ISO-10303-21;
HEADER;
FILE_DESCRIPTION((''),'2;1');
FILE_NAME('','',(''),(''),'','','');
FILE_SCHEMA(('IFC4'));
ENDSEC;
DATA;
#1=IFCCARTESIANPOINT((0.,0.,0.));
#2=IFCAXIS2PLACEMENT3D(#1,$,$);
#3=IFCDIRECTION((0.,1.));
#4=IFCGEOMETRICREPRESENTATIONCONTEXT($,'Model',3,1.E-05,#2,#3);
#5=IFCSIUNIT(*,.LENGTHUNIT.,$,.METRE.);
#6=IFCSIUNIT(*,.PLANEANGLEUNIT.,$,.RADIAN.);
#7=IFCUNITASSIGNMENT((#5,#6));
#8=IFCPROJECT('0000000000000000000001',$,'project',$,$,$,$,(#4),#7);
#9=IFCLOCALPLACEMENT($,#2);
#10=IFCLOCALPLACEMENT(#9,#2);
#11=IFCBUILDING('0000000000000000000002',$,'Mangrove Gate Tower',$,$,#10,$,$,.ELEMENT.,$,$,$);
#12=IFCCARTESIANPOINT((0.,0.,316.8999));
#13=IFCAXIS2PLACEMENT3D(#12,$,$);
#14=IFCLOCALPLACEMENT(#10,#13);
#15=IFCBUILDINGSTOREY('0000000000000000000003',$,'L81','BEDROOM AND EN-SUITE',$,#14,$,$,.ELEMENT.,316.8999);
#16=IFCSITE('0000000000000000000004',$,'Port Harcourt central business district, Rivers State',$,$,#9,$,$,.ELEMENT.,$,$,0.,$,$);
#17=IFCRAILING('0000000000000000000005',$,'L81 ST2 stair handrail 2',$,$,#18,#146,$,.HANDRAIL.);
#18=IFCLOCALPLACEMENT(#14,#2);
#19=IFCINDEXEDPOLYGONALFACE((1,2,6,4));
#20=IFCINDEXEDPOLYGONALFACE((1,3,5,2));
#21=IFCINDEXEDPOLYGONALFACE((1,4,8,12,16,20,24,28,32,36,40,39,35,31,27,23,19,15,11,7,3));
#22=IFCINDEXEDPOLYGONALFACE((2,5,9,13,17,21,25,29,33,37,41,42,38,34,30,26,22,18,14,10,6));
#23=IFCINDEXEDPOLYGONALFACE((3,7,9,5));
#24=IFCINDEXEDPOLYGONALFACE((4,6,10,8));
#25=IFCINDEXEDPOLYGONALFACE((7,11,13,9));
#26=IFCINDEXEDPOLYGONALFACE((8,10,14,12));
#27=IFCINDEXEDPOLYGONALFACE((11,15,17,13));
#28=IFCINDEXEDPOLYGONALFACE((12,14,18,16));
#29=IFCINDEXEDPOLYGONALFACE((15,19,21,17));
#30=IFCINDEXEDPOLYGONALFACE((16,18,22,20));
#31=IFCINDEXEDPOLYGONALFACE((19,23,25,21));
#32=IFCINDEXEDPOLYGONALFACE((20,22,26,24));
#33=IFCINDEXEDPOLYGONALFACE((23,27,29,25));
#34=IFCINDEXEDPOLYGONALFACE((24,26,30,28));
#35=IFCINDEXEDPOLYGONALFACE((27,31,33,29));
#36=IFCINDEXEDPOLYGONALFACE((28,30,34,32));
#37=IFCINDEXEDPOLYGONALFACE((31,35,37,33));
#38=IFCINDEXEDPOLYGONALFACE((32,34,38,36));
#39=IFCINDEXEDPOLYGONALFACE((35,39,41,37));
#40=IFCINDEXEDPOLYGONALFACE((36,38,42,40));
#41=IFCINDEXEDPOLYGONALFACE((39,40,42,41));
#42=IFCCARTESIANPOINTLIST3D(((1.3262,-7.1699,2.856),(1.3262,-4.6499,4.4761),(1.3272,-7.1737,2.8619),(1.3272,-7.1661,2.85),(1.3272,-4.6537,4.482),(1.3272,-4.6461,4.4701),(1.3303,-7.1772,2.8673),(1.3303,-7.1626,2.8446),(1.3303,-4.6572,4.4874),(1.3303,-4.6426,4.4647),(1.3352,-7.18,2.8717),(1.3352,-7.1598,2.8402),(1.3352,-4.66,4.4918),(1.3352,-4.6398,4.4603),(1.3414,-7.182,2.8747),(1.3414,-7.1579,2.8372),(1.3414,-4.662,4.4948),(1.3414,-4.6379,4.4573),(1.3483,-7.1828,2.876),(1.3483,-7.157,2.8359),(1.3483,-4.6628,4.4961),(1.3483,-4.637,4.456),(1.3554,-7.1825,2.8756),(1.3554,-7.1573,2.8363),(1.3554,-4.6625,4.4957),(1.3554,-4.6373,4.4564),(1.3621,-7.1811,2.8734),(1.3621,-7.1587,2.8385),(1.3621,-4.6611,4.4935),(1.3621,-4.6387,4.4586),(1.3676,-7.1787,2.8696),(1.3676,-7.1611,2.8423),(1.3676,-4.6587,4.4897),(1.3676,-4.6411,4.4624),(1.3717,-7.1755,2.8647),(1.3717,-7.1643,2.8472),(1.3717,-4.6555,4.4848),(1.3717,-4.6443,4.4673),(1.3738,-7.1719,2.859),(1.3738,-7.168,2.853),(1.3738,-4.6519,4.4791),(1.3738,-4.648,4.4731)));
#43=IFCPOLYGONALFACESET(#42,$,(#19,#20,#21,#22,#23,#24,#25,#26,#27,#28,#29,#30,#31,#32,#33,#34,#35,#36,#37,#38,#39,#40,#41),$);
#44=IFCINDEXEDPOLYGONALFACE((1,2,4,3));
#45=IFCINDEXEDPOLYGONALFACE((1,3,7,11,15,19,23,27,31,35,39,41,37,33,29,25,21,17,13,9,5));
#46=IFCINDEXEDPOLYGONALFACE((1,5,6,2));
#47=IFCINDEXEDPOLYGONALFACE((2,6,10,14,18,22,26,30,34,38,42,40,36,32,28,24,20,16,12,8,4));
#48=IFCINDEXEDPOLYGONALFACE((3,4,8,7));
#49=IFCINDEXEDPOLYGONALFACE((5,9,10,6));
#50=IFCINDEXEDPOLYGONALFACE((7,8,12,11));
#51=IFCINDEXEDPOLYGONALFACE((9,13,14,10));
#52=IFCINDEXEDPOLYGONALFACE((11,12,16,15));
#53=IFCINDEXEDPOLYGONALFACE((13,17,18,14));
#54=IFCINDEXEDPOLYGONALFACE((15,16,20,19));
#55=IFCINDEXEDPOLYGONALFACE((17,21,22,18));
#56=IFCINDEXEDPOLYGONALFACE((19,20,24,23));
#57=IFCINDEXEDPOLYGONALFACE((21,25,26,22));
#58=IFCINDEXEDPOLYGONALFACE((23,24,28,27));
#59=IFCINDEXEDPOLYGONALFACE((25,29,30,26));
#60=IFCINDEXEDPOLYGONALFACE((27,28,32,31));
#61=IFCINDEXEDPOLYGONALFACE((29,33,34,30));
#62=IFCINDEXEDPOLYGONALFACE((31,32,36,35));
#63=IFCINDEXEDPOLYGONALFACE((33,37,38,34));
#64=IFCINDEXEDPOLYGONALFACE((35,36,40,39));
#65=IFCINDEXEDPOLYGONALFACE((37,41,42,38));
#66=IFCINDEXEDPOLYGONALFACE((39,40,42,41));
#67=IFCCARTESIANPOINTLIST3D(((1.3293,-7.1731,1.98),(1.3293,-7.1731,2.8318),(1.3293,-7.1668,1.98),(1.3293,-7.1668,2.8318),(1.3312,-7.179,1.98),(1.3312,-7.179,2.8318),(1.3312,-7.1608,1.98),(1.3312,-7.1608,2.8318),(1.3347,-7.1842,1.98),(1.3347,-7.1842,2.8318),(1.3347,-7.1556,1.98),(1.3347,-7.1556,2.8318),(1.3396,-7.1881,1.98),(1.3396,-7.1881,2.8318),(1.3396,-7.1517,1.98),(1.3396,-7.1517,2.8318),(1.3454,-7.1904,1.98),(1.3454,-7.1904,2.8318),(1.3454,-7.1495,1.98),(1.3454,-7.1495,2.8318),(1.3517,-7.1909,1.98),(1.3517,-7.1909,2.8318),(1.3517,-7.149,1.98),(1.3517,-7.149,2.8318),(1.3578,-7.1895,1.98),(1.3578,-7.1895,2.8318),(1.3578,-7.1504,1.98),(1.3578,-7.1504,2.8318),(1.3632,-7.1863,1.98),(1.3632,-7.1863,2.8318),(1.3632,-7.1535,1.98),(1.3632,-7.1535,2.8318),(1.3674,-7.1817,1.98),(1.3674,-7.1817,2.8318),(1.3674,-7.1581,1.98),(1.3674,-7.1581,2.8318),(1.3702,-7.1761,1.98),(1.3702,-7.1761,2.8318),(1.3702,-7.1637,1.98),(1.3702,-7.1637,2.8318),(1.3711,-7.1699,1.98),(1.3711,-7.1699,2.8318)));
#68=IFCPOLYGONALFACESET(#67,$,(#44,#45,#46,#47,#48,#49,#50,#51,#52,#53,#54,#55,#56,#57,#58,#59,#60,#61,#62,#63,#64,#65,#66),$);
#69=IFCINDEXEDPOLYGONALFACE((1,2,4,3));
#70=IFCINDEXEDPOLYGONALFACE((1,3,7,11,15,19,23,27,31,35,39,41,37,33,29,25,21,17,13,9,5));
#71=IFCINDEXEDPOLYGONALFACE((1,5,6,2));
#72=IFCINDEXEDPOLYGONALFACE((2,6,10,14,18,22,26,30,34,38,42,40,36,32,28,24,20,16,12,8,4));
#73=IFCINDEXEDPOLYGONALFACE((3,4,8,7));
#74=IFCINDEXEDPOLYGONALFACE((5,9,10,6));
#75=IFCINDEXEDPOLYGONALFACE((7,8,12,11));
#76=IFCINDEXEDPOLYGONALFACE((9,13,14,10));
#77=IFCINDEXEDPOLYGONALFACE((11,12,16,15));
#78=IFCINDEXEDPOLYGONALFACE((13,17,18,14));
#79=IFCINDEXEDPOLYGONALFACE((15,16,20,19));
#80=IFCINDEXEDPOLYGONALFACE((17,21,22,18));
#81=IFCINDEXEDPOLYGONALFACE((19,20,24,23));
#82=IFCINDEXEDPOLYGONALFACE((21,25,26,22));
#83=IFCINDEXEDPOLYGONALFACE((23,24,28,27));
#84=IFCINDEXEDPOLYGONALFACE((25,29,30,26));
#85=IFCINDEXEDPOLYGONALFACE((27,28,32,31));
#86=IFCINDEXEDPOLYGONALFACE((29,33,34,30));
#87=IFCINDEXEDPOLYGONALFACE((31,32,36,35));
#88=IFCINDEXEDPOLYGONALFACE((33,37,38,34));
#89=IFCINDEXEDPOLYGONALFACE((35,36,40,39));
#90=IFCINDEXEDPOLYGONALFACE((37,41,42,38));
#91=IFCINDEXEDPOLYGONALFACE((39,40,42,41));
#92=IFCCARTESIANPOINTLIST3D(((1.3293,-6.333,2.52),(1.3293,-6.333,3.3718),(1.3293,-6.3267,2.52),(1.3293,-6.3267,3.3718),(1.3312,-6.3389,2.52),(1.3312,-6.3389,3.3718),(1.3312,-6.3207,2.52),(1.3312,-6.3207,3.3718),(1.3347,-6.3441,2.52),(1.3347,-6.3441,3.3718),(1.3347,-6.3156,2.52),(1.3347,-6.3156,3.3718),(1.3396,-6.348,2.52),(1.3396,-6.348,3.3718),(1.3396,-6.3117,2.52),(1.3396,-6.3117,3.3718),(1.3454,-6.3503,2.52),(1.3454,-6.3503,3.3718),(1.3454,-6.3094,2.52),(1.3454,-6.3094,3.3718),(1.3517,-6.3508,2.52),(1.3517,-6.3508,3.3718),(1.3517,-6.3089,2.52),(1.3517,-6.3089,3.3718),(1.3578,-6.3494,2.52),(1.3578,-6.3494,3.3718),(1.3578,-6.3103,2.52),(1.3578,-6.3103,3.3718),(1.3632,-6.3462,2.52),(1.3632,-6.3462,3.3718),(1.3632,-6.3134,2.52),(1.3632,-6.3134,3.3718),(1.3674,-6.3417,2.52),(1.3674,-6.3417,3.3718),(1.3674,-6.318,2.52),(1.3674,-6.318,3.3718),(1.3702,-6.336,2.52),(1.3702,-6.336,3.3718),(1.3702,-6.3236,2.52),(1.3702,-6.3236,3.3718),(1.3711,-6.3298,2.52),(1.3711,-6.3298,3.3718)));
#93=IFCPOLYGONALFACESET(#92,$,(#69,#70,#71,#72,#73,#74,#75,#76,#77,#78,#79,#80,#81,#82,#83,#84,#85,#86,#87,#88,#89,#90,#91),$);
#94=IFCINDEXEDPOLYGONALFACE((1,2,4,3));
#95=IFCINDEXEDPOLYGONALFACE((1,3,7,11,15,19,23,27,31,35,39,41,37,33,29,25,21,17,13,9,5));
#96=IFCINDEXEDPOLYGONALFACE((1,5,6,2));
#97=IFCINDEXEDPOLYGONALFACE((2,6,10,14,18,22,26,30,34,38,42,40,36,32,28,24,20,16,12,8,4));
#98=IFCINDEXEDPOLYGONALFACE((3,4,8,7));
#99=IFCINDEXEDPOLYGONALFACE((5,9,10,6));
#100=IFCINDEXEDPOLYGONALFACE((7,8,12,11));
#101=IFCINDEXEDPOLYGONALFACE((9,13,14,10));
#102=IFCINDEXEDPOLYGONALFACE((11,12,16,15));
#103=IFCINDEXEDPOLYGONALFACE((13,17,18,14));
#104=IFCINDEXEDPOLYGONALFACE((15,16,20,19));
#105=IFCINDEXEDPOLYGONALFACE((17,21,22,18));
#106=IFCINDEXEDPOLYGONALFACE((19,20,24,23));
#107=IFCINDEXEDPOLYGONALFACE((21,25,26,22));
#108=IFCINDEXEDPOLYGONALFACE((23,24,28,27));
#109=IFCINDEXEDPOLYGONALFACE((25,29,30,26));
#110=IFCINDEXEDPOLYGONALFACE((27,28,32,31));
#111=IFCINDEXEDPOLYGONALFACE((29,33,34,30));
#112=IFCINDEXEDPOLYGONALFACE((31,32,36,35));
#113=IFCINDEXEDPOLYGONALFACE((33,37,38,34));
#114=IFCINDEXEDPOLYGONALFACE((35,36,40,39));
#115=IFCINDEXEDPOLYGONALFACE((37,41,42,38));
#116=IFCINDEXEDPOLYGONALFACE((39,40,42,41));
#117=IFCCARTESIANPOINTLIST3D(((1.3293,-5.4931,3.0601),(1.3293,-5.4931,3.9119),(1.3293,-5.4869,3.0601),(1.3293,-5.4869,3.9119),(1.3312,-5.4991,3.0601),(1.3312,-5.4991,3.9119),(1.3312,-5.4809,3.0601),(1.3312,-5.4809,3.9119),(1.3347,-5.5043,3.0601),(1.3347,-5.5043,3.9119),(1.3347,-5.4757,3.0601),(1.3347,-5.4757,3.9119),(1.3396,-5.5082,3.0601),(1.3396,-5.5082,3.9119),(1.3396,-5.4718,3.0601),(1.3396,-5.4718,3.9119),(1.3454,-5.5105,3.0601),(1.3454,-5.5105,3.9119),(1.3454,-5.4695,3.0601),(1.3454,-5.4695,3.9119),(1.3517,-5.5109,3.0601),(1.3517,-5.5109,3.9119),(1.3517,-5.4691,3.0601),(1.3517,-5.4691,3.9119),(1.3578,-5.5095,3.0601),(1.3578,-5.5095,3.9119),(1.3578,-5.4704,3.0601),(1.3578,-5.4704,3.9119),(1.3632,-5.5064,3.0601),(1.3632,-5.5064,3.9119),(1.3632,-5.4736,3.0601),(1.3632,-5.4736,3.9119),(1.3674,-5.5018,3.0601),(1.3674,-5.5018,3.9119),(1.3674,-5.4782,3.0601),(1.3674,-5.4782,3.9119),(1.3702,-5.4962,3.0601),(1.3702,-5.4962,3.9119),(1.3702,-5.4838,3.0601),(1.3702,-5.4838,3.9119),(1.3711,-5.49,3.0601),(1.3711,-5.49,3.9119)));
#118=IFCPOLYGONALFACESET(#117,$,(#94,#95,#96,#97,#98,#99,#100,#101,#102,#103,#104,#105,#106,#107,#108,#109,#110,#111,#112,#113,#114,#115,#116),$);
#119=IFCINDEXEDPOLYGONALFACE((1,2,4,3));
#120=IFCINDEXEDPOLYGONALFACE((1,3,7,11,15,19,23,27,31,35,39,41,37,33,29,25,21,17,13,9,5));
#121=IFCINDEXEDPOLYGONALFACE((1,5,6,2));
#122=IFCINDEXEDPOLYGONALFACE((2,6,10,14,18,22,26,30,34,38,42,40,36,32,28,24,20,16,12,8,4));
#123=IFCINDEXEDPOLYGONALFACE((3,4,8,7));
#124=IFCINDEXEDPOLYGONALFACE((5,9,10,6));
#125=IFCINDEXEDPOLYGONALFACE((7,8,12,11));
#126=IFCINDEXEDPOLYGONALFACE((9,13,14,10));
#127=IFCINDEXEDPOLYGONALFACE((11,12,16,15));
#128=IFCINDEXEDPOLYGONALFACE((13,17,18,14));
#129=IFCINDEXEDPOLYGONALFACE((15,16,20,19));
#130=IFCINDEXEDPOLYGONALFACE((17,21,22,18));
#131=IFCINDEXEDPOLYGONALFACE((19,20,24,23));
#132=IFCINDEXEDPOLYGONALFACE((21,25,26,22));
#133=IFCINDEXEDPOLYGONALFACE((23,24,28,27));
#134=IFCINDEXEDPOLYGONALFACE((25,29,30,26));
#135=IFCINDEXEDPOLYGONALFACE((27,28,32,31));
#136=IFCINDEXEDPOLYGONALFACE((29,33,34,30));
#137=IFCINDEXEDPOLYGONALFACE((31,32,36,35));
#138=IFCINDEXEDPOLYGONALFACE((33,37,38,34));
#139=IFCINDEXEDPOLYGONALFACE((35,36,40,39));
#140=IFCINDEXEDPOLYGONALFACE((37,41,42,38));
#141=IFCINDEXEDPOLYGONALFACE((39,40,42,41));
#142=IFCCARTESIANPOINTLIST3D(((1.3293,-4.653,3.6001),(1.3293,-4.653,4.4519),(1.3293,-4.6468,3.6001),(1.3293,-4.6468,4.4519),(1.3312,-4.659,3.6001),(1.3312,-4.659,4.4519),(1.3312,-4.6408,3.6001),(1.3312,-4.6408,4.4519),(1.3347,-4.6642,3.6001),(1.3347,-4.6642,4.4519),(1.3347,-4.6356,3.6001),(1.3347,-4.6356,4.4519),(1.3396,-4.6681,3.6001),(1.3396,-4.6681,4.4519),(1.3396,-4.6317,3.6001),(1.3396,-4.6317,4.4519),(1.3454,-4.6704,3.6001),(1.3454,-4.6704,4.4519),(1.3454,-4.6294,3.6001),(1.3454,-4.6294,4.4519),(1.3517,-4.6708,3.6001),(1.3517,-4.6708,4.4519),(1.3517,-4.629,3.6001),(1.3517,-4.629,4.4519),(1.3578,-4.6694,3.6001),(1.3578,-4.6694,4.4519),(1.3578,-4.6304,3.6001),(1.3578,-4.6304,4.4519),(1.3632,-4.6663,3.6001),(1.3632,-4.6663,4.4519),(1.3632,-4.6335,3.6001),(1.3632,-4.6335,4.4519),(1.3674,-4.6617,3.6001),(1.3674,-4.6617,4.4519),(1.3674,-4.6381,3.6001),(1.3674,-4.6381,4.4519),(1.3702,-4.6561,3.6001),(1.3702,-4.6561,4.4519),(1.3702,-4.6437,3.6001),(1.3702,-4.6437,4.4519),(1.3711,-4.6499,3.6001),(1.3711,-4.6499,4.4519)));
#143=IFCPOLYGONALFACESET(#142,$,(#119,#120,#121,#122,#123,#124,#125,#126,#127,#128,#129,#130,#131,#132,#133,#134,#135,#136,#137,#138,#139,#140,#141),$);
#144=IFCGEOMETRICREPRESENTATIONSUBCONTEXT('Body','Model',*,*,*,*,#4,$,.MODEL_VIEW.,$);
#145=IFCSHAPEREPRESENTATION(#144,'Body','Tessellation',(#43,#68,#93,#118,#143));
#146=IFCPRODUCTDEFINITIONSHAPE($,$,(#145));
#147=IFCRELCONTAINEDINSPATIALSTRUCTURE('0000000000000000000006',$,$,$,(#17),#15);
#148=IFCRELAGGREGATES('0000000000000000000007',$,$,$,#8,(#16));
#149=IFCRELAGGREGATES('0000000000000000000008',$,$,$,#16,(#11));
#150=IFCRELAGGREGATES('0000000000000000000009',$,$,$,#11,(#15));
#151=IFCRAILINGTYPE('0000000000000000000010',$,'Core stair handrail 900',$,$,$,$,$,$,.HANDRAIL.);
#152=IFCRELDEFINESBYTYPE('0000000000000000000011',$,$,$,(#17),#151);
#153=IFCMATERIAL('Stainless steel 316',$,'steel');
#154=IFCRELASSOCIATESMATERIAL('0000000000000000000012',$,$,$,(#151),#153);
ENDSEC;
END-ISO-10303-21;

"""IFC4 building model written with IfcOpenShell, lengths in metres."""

from ifc_helpers import new_model, si_unit, direction, frame, origin, origin_2d, place, context, subcontext, project, spatial, circle, extrude, material, type_object, element, save


model = new_model("IFC4")

# Units and contexts
model_context = context("Model", 3, precision=1e-05, world=origin(), true_north=direction((0.0, 1.0)))
body_context = subcontext(model_context, "Body", "Model", "MODEL_VIEW")
ifc_project = project(units=[si_unit("LENGTHUNIT", "METRE"), si_unit("PLANEANGLEUNIT", "RADIAN")], contexts=[model_context])

# Site, building, storey
site_placement = place(None, origin())
site = spatial("IfcSite", under=ifc_project, at=site_placement, Name="Port Harcourt central business district, Rivers State", CompositionType="ELEMENT", RefElevation=0.0)
building_placement = place(site_placement, origin())
building = spatial("IfcBuilding", under=site, at=building_placement, Name="Mangrove Gate Tower", CompositionType="ELEMENT")
storey_placement = place(building_placement, frame((0.0, 0.0, 316.8999)))
storey = spatial("IfcBuildingStorey", under=building, at=storey_placement, Name="L81", Description="BEDROOM AND EN-SUITE", CompositionType="ELEMENT", Elevation=316.8999)

# Railing
ifc_material_1 = material(Name="Stainless steel 316", Category="steel")
railing_type_1 = type_object("IfcRailingType", Name="Core stair handrail 900", PredefinedType="HANDRAIL", material=ifc_material_1)
railing_1_placement = place(storey_placement, frame((1.3501, -7.1699, 1.98)))
element("IfcRailing", 1, at=railing_1_placement, inside=storey, type_object=railing_type_1, Name="L81 ST2 stair handrail 2", PredefinedType="HANDRAIL", context=body_context, shape_type="SweptSolid", body=[
    extrude(circle(Radius=0.0239, at=origin_2d()), frame((0.0, 0.0, 0.876), z_axis=(0.0, 0.841163, 0.540782), x_axis=(-1.0, 0.0, 0.0)), (0.0, 0.0, 1.0), 2.9958),
    extrude(circle(Radius=0.021, at=origin_2d()), origin(), (0.0, 0.0, 1.0), 0.8518),
    extrude(circle(Radius=0.021, at=origin_2d()), frame((0.0, 0.8401, 0.54)), (0.0, 0.0, 1.0), 0.8518),
    extrude(circle(Radius=0.021, at=origin_2d()), frame((0.0, 1.6799, 1.0801)), (0.0, 0.0, 1.0), 0.8518),
    extrude(circle(Radius=0.021, at=origin_2d()), frame((0.0, 2.52, 1.6201)), (0.0, 0.0, 1.0), 0.8518),
])

save(model, "model.ifc")
